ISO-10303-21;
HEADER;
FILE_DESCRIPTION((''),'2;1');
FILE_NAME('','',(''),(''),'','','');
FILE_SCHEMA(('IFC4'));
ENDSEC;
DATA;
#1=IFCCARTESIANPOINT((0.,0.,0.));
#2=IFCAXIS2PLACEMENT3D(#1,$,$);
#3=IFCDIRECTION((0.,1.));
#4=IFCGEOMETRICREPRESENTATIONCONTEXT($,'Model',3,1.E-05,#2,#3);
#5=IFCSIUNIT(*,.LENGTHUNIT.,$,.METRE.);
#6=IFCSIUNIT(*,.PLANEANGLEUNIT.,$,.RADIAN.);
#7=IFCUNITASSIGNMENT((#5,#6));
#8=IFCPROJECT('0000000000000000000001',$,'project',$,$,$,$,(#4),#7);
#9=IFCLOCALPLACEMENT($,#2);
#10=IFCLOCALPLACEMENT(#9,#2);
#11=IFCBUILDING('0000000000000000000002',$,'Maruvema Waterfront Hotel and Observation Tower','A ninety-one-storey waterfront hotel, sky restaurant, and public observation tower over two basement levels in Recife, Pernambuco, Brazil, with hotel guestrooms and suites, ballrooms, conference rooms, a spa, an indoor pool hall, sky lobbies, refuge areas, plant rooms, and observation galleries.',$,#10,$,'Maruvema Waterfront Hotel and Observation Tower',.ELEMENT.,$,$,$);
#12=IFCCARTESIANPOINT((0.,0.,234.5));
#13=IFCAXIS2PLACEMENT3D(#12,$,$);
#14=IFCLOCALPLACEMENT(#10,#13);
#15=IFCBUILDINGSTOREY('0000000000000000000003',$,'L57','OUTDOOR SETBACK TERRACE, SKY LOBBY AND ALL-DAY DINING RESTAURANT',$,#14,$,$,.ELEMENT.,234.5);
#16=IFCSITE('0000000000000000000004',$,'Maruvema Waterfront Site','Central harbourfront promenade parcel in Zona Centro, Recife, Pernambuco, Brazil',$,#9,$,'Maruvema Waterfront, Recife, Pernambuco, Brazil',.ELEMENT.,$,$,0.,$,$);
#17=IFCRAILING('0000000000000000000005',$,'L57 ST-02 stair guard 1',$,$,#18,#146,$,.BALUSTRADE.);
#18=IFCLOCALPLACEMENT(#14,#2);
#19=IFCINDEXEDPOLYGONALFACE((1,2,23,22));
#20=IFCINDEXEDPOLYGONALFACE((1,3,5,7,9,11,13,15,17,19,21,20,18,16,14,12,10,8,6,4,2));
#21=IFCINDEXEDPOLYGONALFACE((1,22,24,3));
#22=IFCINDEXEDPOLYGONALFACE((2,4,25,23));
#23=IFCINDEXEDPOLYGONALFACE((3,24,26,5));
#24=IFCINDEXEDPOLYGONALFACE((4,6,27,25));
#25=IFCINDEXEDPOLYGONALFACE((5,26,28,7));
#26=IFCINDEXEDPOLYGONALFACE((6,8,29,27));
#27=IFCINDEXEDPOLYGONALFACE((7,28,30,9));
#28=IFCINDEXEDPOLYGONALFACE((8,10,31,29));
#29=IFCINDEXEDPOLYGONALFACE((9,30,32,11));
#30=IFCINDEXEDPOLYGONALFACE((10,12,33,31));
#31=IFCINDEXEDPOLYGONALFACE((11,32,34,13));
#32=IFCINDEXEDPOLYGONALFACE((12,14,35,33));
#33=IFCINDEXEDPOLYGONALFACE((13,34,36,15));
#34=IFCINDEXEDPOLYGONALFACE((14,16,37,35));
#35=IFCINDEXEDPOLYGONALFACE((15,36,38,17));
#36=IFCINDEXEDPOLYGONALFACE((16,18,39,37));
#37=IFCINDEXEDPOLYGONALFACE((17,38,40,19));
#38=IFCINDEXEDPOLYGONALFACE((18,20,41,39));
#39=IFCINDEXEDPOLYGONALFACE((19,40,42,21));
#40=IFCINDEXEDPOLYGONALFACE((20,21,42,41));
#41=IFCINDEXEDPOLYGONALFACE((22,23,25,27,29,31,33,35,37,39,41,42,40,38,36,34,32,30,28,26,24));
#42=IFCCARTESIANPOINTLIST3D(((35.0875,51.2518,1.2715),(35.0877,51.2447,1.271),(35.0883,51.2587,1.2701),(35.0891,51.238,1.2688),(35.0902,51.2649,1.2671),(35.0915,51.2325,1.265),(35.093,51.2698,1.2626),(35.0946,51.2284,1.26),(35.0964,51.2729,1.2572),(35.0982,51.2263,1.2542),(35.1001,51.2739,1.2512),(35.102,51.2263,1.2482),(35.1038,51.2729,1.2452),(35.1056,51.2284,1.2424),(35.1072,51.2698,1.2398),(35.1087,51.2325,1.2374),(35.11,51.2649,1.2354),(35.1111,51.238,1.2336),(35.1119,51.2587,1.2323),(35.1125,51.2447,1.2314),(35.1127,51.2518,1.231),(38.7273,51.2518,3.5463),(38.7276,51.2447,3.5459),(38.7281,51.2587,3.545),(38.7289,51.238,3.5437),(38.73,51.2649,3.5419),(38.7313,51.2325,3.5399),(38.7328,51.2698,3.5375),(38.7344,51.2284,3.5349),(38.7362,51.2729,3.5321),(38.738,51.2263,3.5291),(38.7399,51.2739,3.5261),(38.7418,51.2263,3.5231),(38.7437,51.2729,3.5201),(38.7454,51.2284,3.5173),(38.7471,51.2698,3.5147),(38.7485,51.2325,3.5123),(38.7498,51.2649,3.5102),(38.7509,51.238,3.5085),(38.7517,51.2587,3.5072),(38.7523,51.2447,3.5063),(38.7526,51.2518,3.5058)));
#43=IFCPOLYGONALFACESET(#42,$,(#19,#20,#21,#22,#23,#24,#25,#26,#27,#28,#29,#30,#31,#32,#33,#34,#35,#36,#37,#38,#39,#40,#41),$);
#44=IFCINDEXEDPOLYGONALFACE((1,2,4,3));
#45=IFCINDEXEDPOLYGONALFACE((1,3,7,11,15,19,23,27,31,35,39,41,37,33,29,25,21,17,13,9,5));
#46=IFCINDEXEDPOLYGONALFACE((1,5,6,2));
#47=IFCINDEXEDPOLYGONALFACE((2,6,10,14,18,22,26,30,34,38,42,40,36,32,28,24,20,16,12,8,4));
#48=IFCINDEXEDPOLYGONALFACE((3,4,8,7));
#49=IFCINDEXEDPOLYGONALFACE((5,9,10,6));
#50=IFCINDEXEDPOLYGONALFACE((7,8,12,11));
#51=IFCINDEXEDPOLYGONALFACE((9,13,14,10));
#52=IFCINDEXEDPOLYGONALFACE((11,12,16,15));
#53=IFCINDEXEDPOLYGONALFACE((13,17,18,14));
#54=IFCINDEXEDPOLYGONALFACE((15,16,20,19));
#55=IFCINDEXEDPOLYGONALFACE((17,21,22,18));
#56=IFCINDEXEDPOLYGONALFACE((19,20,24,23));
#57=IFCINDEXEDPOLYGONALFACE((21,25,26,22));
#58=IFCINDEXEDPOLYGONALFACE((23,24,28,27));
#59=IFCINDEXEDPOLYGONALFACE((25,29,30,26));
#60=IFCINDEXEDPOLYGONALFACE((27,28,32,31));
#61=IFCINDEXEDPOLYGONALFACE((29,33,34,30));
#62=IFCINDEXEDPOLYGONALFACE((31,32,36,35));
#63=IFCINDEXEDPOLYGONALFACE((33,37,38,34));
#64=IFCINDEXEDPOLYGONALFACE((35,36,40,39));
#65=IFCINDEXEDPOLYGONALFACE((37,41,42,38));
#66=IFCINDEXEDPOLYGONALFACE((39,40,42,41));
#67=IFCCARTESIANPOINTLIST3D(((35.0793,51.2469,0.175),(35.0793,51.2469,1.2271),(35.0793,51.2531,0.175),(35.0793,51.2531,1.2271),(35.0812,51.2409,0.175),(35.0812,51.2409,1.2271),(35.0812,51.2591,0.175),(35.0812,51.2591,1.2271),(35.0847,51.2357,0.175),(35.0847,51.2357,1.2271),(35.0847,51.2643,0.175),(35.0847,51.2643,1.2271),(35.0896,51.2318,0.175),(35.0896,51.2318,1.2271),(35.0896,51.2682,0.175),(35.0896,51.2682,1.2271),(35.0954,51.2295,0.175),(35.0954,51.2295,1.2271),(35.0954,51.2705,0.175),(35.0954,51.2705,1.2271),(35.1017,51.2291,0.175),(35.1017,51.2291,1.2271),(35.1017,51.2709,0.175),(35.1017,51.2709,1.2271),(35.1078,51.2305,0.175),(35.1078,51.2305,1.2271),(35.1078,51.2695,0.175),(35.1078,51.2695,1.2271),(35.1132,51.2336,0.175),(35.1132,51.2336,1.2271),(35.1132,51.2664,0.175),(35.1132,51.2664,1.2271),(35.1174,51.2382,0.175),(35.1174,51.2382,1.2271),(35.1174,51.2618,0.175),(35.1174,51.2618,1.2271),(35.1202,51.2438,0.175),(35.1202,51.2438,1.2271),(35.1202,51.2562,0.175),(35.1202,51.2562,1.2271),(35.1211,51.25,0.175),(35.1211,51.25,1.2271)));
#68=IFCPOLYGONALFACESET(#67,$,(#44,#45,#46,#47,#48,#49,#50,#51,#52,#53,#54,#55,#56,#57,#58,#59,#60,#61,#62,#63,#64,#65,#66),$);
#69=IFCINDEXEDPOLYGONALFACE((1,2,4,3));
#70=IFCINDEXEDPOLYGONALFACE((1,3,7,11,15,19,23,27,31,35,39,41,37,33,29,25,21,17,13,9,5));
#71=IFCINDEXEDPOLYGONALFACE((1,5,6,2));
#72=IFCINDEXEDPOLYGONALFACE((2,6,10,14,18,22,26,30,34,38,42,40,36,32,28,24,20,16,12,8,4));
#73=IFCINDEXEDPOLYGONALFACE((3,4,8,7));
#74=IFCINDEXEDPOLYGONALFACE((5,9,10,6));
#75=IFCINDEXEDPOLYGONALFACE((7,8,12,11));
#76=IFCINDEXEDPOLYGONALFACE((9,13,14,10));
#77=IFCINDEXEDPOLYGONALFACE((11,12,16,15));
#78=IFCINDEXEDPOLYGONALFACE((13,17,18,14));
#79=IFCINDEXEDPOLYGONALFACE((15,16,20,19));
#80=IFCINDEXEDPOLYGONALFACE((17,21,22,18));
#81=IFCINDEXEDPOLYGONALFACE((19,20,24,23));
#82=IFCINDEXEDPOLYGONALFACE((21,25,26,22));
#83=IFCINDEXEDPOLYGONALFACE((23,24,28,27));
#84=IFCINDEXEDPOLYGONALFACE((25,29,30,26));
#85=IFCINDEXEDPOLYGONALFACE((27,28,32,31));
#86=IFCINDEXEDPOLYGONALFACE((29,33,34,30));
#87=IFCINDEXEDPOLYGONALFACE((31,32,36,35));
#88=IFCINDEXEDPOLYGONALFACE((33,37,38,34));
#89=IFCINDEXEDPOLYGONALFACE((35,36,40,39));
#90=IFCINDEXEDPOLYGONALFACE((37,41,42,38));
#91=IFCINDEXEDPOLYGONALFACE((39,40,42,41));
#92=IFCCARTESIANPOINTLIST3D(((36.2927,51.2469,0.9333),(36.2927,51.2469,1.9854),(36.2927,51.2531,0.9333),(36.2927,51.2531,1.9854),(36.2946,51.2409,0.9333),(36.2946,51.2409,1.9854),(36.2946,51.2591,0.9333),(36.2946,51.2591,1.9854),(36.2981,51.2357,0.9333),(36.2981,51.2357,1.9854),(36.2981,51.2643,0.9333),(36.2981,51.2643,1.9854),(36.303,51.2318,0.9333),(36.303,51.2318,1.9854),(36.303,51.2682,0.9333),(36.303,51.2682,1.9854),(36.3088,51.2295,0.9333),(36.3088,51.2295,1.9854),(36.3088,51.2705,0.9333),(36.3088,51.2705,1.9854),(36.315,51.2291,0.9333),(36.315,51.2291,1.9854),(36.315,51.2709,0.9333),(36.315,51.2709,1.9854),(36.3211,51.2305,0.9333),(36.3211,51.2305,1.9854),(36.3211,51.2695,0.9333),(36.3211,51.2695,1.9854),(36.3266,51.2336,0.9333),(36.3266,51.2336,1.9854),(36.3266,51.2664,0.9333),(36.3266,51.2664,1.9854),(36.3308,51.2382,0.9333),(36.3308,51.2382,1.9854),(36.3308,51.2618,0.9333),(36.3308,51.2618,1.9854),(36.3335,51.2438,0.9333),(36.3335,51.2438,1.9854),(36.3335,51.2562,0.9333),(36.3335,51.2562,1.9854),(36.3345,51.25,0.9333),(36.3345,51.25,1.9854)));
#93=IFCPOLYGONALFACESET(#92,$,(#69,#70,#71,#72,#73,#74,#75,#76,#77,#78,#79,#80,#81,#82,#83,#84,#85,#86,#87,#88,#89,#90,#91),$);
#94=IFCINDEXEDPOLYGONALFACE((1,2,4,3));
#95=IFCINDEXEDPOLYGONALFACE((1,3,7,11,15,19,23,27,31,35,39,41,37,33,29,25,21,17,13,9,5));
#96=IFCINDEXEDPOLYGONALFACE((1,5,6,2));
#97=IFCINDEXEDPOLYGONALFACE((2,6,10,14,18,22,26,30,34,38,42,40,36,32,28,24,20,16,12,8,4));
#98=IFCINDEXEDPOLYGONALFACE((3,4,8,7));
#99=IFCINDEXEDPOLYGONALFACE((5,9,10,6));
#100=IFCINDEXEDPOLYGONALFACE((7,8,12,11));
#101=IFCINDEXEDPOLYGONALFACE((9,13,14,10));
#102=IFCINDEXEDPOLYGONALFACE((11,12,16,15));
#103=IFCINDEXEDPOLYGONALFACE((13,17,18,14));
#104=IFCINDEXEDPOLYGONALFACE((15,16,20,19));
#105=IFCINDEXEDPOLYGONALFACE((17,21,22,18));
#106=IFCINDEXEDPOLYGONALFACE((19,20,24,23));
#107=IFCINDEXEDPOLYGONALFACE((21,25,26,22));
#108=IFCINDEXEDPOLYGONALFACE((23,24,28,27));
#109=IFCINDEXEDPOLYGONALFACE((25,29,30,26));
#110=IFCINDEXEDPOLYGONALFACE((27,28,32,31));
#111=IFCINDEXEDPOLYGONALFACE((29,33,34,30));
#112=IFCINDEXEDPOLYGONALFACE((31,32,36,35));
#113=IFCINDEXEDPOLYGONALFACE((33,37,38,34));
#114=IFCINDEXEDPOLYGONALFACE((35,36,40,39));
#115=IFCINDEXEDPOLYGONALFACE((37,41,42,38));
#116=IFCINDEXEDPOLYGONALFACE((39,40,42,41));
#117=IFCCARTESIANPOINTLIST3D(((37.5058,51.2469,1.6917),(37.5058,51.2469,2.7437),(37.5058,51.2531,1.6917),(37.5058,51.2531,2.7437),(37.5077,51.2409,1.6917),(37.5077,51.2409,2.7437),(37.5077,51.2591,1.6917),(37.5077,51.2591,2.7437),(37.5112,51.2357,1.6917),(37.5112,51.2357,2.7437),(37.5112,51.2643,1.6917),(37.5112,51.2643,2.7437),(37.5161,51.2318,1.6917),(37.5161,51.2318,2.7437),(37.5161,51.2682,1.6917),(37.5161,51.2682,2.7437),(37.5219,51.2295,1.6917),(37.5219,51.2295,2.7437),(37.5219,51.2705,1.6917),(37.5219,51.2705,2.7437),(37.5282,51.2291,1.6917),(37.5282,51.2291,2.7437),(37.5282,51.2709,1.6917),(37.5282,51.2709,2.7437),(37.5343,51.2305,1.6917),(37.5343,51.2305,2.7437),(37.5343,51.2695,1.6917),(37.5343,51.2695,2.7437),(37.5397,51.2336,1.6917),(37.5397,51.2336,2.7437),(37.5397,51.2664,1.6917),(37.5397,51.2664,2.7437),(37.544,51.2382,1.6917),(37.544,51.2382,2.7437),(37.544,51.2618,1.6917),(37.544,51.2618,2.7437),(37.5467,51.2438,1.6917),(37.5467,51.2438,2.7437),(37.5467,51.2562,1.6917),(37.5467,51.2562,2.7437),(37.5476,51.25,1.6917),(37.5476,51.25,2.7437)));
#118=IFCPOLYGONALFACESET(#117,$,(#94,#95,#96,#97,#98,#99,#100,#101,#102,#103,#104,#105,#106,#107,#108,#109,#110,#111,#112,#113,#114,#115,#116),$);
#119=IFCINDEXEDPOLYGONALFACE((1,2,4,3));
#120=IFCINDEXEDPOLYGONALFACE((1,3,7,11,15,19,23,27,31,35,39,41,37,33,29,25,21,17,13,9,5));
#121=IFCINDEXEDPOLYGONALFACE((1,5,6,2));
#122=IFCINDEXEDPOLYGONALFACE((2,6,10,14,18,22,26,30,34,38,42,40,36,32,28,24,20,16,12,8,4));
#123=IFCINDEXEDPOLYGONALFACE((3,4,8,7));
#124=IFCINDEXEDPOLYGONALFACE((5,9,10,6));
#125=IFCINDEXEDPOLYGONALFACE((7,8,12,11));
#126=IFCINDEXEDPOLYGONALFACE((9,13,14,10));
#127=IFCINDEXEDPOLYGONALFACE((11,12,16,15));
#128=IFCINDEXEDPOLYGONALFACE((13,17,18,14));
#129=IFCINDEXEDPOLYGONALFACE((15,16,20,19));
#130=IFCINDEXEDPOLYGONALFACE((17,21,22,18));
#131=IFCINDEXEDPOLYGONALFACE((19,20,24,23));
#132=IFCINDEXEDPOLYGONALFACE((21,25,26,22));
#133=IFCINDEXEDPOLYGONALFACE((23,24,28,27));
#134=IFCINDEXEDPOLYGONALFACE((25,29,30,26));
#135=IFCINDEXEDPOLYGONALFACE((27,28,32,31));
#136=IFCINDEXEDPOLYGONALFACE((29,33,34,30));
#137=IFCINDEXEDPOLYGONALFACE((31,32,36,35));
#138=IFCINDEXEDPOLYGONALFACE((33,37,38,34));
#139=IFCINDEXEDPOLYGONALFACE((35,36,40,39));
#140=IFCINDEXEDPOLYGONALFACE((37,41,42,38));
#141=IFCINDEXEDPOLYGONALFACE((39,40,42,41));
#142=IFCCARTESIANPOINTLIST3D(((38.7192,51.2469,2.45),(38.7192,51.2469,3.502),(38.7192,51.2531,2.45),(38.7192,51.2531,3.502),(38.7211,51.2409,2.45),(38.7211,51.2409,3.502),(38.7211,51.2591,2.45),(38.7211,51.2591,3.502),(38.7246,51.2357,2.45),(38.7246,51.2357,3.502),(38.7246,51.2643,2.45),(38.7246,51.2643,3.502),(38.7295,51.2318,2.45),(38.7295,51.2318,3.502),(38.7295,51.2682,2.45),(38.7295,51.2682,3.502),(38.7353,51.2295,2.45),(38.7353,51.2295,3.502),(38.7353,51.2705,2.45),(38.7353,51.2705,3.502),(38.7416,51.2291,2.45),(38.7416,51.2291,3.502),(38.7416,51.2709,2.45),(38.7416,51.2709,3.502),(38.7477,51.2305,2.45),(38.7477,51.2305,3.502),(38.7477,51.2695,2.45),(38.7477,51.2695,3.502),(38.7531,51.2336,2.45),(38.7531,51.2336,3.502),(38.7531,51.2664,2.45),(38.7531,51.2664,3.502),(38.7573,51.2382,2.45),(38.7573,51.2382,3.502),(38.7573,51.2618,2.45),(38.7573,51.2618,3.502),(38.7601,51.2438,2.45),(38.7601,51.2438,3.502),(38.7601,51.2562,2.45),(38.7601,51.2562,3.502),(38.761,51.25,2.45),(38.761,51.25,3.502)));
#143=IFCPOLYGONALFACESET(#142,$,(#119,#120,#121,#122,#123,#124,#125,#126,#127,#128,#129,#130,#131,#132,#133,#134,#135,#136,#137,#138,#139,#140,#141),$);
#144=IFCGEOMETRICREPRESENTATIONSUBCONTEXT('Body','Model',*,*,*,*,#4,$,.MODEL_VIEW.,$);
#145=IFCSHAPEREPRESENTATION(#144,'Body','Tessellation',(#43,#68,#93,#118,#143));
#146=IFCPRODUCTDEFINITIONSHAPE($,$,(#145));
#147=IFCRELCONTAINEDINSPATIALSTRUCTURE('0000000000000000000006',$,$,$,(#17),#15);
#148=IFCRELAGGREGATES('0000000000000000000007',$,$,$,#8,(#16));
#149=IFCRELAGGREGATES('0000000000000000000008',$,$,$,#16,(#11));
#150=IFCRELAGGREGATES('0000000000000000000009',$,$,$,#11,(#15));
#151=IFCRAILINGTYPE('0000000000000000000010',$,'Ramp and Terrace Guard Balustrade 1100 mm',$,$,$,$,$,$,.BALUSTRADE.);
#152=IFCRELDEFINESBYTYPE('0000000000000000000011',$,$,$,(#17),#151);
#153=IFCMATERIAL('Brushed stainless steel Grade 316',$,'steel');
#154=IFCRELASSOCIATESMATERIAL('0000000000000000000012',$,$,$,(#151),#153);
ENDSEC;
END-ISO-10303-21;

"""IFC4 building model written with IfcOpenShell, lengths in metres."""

from ifc_helpers import new_model, si_unit, direction, frame, origin, origin_2d, place, context, subcontext, project, spatial, circle, extrude, material, type_object, element, save


model = new_model("IFC4")

# Units and contexts
model_context = context("Model", 3, precision=1e-05, world=origin(), true_north=direction((0.0, 1.0)))
body_context = subcontext(model_context, "Body", "Model", "MODEL_VIEW")
ifc_project = project(units=[si_unit("LENGTHUNIT", "METRE"), si_unit("PLANEANGLEUNIT", "RADIAN")], contexts=[model_context])

# Site, building, storey
site_placement = place(None, origin())
site = spatial("IfcSite", under=ifc_project, at=site_placement, Name="Maruvema Waterfront Site", Description="Central harbourfront promenade parcel in Zona Centro, Recife, Pernambuco, Brazil", LongName="Maruvema Waterfront, Recife, Pernambuco, Brazil", CompositionType="ELEMENT", RefElevation=0.0)
building_placement = place(site_placement, origin())
building = spatial("IfcBuilding", under=site, at=building_placement, Name="Maruvema Waterfront Hotel and Observation Tower", Description="A ninety-one-storey waterfront hotel, sky restaurant, and public observation tower over two basement levels in Recife, Pernambuco, Brazil, with hotel guestrooms and suites, ballrooms, conference rooms, a spa, an indoor pool hall, sky lobbies, refuge areas, plant rooms, and observation galleries.", LongName="Maruvema Waterfront Hotel and Observation Tower", CompositionType="ELEMENT")
storey_placement = place(building_placement, frame((0.0, 0.0, 234.5)))
storey = spatial("IfcBuildingStorey", under=building, at=storey_placement, Name="L57", Description="OUTDOOR SETBACK TERRACE, SKY LOBBY AND ALL-DAY DINING RESTAURANT", CompositionType="ELEMENT", Elevation=234.5)

# Railing
ifc_material_1 = material(Name="Brushed stainless steel Grade 316", Category="steel")
railing_type_1 = type_object("IfcRailingType", Name="Ramp and Terrace Guard Balustrade 1100 mm", PredefinedType="BALUSTRADE", material=ifc_material_1)
railing_1_placement = place(storey_placement, frame((35.1001, 51.25, 0.175)))
element("IfcRailing", 1, at=railing_1_placement, inside=storey, type_object=railing_type_1, Name="L57 ST-02 stair guard 1", PredefinedType="BALUSTRADE", context=body_context, shape_type="SweptSolid", body=[
    extrude(circle(Radius=0.0239, at=origin_2d()), frame((0.0, 0.0, 1.0762), z_axis=(0.848001, 0.0, 0.529994), x_axis=(0.0, 1.0, 0.0)), (0.0, 0.0, 1.0), 4.2922),
    extrude(circle(Radius=0.021, at=origin_2d()), origin(), (0.0, 0.0, 1.0), 1.052),
    extrude(circle(Radius=0.021, at=origin_2d()), frame((1.2134, 0.0, 0.7583)), (0.0, 0.0, 1.0), 1.052),
    extrude(circle(Radius=0.021, at=origin_2d()), frame((2.4265, 0.0, 1.5166)), (0.0, 0.0, 1.0), 1.052),
    extrude(circle(Radius=0.021, at=origin_2d()), frame((3.6399, 0.0, 2.2749)), (0.0, 0.0, 1.0), 1.052),
])

save(model, "model.ifc")
